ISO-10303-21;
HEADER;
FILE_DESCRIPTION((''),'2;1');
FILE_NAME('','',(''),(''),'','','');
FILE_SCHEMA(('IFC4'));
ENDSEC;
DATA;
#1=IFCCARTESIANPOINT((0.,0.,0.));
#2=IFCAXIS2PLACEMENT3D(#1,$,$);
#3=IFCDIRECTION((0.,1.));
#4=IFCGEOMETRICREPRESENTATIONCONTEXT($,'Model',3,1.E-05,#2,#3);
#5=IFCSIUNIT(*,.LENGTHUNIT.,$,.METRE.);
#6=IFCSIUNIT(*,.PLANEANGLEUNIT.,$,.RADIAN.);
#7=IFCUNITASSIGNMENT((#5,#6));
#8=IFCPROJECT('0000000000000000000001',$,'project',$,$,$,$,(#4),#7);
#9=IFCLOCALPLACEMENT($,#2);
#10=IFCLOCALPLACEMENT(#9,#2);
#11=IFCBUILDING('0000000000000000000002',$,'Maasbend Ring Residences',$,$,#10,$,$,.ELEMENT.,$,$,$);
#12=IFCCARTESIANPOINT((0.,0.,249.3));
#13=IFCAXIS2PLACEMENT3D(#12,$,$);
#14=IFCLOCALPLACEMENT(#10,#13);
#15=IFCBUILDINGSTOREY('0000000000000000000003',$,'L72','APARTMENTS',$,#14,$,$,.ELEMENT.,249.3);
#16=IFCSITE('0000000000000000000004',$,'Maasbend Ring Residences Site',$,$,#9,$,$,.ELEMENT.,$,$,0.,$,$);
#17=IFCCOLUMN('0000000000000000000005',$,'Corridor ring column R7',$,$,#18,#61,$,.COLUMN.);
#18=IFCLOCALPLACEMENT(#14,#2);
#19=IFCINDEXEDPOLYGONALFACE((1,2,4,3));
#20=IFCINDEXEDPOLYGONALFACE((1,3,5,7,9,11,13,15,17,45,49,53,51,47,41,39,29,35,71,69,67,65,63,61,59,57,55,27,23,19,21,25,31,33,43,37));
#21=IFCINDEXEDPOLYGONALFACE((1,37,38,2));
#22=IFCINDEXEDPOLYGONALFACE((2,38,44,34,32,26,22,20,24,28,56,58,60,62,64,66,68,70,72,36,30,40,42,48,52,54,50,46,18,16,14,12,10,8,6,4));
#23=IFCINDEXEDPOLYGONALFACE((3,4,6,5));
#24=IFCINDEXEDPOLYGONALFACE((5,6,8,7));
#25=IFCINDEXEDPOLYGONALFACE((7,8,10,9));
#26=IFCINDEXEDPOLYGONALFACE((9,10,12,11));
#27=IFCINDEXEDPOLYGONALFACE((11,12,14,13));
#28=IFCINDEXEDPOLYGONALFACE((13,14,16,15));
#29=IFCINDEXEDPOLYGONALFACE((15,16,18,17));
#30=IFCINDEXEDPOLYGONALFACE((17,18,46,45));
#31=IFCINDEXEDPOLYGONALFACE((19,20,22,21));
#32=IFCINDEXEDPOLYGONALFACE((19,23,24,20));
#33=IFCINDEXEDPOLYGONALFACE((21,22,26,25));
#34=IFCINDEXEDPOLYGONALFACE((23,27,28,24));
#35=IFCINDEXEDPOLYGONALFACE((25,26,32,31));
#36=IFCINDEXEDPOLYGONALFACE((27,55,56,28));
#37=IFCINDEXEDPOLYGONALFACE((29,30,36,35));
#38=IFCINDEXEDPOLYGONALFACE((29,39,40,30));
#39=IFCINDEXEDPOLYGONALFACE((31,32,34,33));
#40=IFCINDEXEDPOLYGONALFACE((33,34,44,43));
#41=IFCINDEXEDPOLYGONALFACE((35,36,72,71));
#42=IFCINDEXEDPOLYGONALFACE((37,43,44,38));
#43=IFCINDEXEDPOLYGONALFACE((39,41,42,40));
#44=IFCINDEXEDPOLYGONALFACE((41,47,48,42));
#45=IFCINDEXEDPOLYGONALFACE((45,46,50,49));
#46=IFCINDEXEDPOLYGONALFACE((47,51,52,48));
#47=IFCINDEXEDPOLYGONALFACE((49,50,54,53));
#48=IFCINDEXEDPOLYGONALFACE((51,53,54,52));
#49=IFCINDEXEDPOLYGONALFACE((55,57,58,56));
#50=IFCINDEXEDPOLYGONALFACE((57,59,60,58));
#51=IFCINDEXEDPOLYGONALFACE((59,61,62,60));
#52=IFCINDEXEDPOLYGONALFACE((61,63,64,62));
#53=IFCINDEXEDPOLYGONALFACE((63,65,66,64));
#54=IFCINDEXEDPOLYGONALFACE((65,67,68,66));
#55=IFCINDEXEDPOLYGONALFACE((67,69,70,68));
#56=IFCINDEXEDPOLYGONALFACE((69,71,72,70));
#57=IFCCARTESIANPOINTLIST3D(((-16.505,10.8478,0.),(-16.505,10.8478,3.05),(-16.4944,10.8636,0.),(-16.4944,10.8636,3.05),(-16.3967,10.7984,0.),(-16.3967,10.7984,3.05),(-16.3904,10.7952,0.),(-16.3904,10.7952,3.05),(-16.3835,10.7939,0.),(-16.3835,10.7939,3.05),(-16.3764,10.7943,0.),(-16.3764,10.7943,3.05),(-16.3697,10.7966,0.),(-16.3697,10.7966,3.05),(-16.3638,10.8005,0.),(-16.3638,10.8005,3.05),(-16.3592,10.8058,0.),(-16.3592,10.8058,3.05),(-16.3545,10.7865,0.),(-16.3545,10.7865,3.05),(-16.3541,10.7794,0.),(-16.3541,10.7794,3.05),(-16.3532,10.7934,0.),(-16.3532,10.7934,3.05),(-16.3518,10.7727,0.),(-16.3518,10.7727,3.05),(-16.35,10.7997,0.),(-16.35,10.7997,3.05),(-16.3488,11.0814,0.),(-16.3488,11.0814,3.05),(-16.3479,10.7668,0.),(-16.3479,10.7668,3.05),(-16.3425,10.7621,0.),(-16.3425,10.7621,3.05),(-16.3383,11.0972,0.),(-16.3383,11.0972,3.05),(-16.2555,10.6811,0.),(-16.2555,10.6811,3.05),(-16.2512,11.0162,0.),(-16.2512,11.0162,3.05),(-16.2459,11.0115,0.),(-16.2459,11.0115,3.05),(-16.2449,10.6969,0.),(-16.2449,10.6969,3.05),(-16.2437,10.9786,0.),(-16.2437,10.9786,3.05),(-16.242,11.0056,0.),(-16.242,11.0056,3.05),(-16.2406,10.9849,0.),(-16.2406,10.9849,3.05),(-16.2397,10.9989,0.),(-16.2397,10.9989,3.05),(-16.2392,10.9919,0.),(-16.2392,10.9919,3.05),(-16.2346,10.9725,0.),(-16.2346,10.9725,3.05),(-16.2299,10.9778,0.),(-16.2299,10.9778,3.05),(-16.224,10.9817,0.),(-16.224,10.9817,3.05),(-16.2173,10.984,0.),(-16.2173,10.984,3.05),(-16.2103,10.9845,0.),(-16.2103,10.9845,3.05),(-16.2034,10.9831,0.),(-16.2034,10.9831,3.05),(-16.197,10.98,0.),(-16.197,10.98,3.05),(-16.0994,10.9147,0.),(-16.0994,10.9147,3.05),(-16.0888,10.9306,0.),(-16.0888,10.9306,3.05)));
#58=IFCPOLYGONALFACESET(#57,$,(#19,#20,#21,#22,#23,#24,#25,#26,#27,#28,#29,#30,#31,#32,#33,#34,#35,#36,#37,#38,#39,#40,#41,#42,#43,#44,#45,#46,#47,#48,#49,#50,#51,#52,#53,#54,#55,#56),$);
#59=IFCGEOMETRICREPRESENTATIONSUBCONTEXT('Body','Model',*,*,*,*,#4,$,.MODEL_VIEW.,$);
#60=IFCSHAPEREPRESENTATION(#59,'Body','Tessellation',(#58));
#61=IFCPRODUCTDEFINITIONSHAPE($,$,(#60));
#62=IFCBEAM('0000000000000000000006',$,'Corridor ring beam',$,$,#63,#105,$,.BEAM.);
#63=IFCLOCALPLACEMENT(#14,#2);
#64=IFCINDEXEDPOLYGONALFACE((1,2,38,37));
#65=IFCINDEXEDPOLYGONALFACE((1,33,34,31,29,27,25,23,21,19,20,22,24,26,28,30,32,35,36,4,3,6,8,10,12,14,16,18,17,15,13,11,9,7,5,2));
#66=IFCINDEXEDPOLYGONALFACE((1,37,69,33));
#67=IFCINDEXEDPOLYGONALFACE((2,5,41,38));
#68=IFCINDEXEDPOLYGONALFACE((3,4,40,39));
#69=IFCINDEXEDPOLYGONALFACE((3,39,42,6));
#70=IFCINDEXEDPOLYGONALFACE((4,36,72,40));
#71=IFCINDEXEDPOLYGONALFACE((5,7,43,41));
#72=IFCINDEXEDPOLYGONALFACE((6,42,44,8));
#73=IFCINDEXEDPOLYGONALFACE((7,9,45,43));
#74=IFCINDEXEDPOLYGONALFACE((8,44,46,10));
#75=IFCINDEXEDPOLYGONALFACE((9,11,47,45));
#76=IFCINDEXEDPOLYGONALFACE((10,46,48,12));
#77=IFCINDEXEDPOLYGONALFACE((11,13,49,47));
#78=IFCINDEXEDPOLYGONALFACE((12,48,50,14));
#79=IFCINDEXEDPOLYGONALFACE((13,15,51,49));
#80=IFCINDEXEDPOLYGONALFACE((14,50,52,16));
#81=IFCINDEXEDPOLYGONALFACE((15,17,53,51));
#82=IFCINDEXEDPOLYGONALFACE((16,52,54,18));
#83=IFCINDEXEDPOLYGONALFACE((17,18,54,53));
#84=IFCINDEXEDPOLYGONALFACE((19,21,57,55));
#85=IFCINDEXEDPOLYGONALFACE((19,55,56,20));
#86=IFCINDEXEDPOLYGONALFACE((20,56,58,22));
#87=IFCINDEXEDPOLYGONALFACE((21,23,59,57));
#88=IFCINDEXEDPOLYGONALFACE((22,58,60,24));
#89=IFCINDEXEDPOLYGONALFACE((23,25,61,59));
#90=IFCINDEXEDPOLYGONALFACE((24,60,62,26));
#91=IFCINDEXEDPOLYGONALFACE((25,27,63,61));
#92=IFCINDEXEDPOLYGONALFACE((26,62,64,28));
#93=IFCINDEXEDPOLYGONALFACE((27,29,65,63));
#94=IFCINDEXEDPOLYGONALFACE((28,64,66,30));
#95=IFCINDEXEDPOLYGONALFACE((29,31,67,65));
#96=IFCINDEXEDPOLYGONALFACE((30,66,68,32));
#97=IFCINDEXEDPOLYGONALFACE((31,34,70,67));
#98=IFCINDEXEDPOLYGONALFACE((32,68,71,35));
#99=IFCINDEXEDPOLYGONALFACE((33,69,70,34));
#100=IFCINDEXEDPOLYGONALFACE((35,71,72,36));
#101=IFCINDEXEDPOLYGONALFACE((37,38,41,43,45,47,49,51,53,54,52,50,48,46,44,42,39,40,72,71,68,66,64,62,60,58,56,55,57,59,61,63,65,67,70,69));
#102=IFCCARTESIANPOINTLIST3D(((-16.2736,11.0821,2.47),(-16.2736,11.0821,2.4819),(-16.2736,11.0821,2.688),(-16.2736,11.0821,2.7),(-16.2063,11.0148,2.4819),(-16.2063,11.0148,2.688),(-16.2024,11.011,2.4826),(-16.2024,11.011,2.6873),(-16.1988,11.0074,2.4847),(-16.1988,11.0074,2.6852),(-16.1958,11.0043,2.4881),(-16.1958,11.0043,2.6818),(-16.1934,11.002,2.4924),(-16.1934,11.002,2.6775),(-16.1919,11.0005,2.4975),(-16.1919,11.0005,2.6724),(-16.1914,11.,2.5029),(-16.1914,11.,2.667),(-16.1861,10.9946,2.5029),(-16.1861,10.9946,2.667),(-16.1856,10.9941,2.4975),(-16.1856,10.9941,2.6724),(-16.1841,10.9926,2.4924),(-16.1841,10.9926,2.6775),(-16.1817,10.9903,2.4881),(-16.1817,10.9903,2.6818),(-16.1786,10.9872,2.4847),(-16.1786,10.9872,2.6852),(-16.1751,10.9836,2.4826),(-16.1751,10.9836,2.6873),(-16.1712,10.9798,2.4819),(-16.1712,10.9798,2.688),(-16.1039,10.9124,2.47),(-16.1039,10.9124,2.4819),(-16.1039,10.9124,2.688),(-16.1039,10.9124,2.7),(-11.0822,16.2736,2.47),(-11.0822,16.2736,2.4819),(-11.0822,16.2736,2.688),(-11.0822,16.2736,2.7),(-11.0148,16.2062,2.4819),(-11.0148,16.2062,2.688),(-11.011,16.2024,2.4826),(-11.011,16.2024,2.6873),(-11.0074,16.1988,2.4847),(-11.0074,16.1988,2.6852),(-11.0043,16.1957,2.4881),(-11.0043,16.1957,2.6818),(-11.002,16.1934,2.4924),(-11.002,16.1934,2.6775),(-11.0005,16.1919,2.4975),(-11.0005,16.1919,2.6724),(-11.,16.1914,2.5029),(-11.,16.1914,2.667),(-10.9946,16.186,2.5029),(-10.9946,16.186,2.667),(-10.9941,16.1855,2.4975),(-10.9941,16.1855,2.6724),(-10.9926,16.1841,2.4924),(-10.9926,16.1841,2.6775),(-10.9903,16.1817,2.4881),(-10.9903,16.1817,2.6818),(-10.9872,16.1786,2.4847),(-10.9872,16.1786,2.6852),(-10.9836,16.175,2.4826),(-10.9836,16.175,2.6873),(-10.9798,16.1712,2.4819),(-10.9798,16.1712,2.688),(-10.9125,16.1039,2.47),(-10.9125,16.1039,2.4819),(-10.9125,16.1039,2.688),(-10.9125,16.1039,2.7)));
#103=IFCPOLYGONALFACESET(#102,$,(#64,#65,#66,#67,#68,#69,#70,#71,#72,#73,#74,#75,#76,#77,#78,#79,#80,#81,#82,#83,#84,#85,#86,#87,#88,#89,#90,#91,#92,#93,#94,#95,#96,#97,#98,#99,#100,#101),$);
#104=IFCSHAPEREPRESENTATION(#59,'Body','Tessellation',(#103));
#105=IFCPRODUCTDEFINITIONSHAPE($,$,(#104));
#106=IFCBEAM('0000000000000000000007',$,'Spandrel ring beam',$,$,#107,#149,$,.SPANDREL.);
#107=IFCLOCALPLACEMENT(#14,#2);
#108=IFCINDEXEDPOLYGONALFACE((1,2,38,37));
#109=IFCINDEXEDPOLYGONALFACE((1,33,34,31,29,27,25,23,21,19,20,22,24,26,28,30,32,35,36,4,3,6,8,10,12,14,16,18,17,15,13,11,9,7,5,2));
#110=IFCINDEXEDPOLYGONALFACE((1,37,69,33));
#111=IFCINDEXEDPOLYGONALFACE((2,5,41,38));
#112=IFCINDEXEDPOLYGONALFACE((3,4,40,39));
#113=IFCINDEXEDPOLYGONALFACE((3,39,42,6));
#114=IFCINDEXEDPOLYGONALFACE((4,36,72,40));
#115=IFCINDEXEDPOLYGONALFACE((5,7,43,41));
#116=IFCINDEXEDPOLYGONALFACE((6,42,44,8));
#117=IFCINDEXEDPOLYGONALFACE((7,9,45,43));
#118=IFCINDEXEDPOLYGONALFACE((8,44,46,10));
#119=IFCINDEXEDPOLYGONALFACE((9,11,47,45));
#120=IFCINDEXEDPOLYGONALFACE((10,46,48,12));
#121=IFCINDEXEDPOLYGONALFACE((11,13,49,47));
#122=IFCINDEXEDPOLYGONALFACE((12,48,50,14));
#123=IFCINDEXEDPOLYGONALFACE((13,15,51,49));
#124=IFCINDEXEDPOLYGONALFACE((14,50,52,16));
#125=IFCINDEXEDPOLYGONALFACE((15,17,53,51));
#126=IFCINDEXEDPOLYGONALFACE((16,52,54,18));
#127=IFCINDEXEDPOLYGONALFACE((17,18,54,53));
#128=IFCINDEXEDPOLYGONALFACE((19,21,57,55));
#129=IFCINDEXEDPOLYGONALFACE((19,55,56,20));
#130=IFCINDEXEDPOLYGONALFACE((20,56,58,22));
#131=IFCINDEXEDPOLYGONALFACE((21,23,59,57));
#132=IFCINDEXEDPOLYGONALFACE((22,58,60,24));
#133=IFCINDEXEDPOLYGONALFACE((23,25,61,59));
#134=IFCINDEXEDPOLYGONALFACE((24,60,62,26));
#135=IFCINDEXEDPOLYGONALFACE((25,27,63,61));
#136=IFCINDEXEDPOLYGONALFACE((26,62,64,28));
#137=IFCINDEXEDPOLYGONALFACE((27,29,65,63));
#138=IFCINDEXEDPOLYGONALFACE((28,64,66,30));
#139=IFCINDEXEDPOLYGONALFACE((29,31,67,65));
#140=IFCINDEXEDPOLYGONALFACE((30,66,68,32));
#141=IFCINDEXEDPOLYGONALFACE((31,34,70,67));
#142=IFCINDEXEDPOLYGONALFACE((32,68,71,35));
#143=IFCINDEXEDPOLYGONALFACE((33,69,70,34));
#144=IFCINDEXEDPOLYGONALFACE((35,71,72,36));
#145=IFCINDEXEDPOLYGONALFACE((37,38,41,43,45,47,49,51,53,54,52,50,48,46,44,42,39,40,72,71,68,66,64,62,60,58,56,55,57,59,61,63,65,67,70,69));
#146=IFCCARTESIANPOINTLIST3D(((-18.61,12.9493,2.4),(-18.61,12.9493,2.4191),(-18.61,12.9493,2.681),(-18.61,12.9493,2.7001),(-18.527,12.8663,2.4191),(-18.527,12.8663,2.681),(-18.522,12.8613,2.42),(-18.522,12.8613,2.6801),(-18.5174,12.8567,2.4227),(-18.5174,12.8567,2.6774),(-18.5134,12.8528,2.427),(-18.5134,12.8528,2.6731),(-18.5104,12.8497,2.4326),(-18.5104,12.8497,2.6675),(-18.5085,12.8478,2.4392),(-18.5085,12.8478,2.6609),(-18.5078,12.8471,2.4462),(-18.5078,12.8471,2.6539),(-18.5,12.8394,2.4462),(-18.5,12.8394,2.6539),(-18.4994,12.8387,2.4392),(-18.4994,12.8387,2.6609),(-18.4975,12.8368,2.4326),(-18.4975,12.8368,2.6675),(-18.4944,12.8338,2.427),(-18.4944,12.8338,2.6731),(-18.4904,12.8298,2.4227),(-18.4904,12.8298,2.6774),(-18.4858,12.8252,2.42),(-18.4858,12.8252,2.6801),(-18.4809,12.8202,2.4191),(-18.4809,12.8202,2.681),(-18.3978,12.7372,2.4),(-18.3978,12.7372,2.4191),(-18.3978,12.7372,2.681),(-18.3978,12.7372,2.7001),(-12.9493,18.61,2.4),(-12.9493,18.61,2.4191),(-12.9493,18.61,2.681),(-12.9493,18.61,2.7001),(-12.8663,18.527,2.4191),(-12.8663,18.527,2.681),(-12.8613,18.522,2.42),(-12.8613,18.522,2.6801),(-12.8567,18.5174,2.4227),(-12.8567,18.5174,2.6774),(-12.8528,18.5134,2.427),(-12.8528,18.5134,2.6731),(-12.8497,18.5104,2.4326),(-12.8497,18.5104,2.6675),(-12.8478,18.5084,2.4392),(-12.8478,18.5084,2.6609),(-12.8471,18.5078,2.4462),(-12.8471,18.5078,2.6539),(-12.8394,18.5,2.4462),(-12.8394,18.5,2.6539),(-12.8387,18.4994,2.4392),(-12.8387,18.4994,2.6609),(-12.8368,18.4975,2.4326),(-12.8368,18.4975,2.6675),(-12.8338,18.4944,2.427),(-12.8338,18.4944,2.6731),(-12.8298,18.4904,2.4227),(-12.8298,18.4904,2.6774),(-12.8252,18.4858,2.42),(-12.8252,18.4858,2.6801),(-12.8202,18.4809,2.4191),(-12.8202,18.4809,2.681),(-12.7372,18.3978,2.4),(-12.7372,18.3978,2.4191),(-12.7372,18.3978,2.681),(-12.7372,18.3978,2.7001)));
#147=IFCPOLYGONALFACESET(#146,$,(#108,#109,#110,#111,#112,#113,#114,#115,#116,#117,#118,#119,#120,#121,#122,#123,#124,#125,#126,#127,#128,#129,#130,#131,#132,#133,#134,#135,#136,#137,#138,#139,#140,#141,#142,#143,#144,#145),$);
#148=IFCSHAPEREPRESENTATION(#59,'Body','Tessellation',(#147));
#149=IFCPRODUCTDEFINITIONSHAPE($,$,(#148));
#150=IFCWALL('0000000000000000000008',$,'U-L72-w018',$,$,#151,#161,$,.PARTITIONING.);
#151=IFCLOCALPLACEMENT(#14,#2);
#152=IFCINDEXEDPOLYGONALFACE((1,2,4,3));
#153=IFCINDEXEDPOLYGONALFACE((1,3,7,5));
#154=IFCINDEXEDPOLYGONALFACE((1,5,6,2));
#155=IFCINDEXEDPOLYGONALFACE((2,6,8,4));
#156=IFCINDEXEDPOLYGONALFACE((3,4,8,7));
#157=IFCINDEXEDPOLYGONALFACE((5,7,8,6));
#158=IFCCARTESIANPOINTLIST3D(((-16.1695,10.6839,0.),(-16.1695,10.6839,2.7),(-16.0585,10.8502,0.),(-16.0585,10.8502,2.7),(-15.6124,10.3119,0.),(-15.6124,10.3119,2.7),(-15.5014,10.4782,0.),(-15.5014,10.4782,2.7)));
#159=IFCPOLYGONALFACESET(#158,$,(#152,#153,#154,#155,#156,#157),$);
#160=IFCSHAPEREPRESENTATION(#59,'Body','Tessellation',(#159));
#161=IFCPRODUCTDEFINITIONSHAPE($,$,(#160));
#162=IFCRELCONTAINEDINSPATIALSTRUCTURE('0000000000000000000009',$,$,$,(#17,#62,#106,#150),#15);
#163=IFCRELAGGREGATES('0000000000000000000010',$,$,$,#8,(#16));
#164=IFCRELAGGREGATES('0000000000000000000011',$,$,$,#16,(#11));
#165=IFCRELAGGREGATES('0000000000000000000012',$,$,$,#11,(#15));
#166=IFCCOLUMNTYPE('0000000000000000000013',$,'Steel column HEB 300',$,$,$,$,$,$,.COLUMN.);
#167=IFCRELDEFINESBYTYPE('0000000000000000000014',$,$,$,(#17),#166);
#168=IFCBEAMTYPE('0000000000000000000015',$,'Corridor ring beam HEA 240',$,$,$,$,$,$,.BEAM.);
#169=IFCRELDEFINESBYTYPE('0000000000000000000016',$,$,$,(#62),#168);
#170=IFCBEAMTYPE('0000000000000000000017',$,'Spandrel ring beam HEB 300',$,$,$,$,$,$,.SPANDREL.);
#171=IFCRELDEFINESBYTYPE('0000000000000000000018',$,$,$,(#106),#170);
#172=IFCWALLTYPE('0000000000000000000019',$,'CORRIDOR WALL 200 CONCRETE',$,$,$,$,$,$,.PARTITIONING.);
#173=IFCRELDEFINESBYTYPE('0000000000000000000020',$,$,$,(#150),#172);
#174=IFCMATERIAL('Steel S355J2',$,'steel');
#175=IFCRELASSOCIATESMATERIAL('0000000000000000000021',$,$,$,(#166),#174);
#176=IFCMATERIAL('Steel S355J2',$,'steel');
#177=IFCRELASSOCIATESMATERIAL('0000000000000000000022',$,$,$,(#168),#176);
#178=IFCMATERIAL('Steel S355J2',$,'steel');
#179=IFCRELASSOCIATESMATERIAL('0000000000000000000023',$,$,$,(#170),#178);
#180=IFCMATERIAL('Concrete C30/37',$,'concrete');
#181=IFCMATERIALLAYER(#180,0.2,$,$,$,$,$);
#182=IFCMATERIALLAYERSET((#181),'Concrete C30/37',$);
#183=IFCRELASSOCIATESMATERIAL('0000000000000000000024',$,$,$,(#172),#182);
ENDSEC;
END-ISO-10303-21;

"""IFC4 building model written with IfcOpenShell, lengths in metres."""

from ifc_helpers import new_model, si_unit, direction, frame, frame_2d, origin, origin_2d, place, context, subcontext, project, spatial, rectangle, i_section, extrude, material, layer, layer_set, material_profile, profile_set, type_object, element, save


model = new_model("IFC4")

# Units and contexts
model_context = context("Model", 3, precision=1e-05, world=origin(), true_north=direction((0.0, 1.0)))
body_context = subcontext(model_context, "Body", "Model", "MODEL_VIEW")
ifc_project = project(units=[si_unit("LENGTHUNIT", "METRE"), si_unit("PLANEANGLEUNIT", "RADIAN")], contexts=[model_context])

# Site, building, storey
site_placement = place(None, origin())
site = spatial("IfcSite", under=ifc_project, at=site_placement, Name="Maasbend Ring Residences Site", CompositionType="ELEMENT", RefElevation=0.0)
building_placement = place(site_placement, origin())
building = spatial("IfcBuilding", under=site, at=building_placement, Name="Maasbend Ring Residences", CompositionType="ELEMENT")
storey_placement = place(building_placement, frame((0.0, 0.0, 249.3)))
storey = spatial("IfcBuildingStorey", under=building, at=storey_placement, Name="L72", Description="APARTMENTS", CompositionType="ELEMENT", Elevation=249.3)

# Column
ifc_material_1 = material(Name="Steel S355J2", Category="steel")
ifc_material_profile_1 = material_profile(ifc_material_1, i_section(OverallWidth=0.3, OverallDepth=0.3, WebThickness=0.011, FlangeThickness=0.019, FilletRadius=0.0271, at=origin_2d()), Name="HEB 300")
ifc_profile_set_1 = profile_set([ifc_material_profile_1], Name="Steel S355J2")
column_type_1 = type_object("IfcColumnType", Name="Steel column HEB 300", PredefinedType="COLUMN", material=ifc_profile_set_1)
for number, where, z_axis, x_axis, name in (
    (1, (-16.2969, 10.8892, 0.0), (0.0, 0.0, 1.0), (-0.83147, 0.55557, 0.0), "Corridor ring column R7"),
):
    element("IfcColumn", number, at=place(storey_placement, frame(where, z_axis=z_axis, x_axis=x_axis)), inside=storey, type_object=column_type_1, Name=name, PredefinedType="COLUMN", context=body_context, shape_type="SweptSolid", body=[
        extrude(i_section(OverallWidth=0.3, OverallDepth=0.3, WebThickness=0.011, FlangeThickness=0.019, FilletRadius=0.0271, at=origin_2d()), origin(), (0.0, 0.0, 1.0), 3.05),
    ])

# Beams
ifc_material_2 = material(Name="Steel S355J2", Category="steel")
ifc_material_profile_2 = material_profile(ifc_material_2, i_section(OverallWidth=0.24, OverallDepth=0.23, WebThickness=0.0076, FlangeThickness=0.012, FilletRadius=0.021, at=origin_2d()), Name="HEA 240")
ifc_profile_set_2 = profile_set([ifc_material_profile_2], Name="Steel S355J2")
beam_type_1 = type_object("IfcBeamType", Name="Corridor ring beam HEA 240", PredefinedType="BEAM", material=ifc_profile_set_2)
beam_1_placement = place(storey_placement, frame((-10.9973, 16.1887, 2.585), z_axis=(-0.707107, -0.707107, 0.0), x_axis=(0.707107, -0.707107, 0.0)))
element("IfcBeam", 2, at=beam_1_placement, inside=storey, type_object=beam_type_1, Name="Corridor ring beam", PredefinedType="BEAM", context=body_context, shape_type="SweptSolid", body=[
    extrude(i_section(OverallWidth=0.24, OverallDepth=0.23, WebThickness=0.0076, FlangeThickness=0.012, FilletRadius=0.021, at=origin_2d()), origin(), (0.0, 0.0, 1.0), 7.3418),
])
ifc_material_3 = material(Name="Steel S355J2", Category="steel")
ifc_material_profile_3 = material_profile(ifc_material_3, i_section(OverallWidth=0.3, OverallDepth=0.3, WebThickness=0.011, FlangeThickness=0.019, FilletRadius=0.0271, at=origin_2d()), Name="HEB 300")
ifc_profile_set_3 = profile_set([ifc_material_profile_3], Name="Steel S355J2")
beam_type_2 = type_object("IfcBeamType", Name="Spandrel ring beam HEB 300", PredefinedType="SPANDREL", material=ifc_profile_set_3)
beam_2_placement = place(storey_placement, frame((-12.8433, 18.5039, 2.55), z_axis=(-0.707107, -0.707107, 0.0), x_axis=(0.707107, -0.707107, 0.0)))
element("IfcBeam", 3, at=beam_2_placement, inside=storey, type_object=beam_type_2, Name="Spandrel ring beam", PredefinedType="SPANDREL", context=body_context, shape_type="SweptSolid", body=[
    extrude(i_section(OverallWidth=0.3, OverallDepth=0.3, WebThickness=0.011, FlangeThickness=0.019, FilletRadius=0.0271, at=origin_2d()), origin(), (0.0, 0.0, 1.0), 8.0054),
])

# Wall
ifc_material_4 = material(Name="Concrete C30/37", Category="concrete")
ifc_layer_1 = layer(ifc_material_4, 0.2)
ifc_layer_set_1 = layer_set([ifc_layer_1], Name="Concrete C30/37")
wall_type_1 = type_object("IfcWallType", Name="CORRIDOR WALL 200 CONCRETE", PredefinedType="PARTITIONING", material=ifc_layer_set_1)
wall_1_placement = place(storey_placement, frame((-16.114, 10.7671, 0.0), z_axis=(0.0, 0.0, 1.0), x_axis=(0.831602, -0.555373, 0.0)))
element("IfcWall", 4, at=wall_1_placement, inside=storey, type_object=wall_type_1, Name="U-L72-w018", PredefinedType="PARTITIONING", context=body_context, shape_type="SweptSolid", body=[
    extrude(rectangle(XDim=0.6699, YDim=0.2, at=frame_2d((0.335, 0.0))), origin(), (0.0, 0.0, 1.0), 2.7),
])

save(model, "model.ifc")
